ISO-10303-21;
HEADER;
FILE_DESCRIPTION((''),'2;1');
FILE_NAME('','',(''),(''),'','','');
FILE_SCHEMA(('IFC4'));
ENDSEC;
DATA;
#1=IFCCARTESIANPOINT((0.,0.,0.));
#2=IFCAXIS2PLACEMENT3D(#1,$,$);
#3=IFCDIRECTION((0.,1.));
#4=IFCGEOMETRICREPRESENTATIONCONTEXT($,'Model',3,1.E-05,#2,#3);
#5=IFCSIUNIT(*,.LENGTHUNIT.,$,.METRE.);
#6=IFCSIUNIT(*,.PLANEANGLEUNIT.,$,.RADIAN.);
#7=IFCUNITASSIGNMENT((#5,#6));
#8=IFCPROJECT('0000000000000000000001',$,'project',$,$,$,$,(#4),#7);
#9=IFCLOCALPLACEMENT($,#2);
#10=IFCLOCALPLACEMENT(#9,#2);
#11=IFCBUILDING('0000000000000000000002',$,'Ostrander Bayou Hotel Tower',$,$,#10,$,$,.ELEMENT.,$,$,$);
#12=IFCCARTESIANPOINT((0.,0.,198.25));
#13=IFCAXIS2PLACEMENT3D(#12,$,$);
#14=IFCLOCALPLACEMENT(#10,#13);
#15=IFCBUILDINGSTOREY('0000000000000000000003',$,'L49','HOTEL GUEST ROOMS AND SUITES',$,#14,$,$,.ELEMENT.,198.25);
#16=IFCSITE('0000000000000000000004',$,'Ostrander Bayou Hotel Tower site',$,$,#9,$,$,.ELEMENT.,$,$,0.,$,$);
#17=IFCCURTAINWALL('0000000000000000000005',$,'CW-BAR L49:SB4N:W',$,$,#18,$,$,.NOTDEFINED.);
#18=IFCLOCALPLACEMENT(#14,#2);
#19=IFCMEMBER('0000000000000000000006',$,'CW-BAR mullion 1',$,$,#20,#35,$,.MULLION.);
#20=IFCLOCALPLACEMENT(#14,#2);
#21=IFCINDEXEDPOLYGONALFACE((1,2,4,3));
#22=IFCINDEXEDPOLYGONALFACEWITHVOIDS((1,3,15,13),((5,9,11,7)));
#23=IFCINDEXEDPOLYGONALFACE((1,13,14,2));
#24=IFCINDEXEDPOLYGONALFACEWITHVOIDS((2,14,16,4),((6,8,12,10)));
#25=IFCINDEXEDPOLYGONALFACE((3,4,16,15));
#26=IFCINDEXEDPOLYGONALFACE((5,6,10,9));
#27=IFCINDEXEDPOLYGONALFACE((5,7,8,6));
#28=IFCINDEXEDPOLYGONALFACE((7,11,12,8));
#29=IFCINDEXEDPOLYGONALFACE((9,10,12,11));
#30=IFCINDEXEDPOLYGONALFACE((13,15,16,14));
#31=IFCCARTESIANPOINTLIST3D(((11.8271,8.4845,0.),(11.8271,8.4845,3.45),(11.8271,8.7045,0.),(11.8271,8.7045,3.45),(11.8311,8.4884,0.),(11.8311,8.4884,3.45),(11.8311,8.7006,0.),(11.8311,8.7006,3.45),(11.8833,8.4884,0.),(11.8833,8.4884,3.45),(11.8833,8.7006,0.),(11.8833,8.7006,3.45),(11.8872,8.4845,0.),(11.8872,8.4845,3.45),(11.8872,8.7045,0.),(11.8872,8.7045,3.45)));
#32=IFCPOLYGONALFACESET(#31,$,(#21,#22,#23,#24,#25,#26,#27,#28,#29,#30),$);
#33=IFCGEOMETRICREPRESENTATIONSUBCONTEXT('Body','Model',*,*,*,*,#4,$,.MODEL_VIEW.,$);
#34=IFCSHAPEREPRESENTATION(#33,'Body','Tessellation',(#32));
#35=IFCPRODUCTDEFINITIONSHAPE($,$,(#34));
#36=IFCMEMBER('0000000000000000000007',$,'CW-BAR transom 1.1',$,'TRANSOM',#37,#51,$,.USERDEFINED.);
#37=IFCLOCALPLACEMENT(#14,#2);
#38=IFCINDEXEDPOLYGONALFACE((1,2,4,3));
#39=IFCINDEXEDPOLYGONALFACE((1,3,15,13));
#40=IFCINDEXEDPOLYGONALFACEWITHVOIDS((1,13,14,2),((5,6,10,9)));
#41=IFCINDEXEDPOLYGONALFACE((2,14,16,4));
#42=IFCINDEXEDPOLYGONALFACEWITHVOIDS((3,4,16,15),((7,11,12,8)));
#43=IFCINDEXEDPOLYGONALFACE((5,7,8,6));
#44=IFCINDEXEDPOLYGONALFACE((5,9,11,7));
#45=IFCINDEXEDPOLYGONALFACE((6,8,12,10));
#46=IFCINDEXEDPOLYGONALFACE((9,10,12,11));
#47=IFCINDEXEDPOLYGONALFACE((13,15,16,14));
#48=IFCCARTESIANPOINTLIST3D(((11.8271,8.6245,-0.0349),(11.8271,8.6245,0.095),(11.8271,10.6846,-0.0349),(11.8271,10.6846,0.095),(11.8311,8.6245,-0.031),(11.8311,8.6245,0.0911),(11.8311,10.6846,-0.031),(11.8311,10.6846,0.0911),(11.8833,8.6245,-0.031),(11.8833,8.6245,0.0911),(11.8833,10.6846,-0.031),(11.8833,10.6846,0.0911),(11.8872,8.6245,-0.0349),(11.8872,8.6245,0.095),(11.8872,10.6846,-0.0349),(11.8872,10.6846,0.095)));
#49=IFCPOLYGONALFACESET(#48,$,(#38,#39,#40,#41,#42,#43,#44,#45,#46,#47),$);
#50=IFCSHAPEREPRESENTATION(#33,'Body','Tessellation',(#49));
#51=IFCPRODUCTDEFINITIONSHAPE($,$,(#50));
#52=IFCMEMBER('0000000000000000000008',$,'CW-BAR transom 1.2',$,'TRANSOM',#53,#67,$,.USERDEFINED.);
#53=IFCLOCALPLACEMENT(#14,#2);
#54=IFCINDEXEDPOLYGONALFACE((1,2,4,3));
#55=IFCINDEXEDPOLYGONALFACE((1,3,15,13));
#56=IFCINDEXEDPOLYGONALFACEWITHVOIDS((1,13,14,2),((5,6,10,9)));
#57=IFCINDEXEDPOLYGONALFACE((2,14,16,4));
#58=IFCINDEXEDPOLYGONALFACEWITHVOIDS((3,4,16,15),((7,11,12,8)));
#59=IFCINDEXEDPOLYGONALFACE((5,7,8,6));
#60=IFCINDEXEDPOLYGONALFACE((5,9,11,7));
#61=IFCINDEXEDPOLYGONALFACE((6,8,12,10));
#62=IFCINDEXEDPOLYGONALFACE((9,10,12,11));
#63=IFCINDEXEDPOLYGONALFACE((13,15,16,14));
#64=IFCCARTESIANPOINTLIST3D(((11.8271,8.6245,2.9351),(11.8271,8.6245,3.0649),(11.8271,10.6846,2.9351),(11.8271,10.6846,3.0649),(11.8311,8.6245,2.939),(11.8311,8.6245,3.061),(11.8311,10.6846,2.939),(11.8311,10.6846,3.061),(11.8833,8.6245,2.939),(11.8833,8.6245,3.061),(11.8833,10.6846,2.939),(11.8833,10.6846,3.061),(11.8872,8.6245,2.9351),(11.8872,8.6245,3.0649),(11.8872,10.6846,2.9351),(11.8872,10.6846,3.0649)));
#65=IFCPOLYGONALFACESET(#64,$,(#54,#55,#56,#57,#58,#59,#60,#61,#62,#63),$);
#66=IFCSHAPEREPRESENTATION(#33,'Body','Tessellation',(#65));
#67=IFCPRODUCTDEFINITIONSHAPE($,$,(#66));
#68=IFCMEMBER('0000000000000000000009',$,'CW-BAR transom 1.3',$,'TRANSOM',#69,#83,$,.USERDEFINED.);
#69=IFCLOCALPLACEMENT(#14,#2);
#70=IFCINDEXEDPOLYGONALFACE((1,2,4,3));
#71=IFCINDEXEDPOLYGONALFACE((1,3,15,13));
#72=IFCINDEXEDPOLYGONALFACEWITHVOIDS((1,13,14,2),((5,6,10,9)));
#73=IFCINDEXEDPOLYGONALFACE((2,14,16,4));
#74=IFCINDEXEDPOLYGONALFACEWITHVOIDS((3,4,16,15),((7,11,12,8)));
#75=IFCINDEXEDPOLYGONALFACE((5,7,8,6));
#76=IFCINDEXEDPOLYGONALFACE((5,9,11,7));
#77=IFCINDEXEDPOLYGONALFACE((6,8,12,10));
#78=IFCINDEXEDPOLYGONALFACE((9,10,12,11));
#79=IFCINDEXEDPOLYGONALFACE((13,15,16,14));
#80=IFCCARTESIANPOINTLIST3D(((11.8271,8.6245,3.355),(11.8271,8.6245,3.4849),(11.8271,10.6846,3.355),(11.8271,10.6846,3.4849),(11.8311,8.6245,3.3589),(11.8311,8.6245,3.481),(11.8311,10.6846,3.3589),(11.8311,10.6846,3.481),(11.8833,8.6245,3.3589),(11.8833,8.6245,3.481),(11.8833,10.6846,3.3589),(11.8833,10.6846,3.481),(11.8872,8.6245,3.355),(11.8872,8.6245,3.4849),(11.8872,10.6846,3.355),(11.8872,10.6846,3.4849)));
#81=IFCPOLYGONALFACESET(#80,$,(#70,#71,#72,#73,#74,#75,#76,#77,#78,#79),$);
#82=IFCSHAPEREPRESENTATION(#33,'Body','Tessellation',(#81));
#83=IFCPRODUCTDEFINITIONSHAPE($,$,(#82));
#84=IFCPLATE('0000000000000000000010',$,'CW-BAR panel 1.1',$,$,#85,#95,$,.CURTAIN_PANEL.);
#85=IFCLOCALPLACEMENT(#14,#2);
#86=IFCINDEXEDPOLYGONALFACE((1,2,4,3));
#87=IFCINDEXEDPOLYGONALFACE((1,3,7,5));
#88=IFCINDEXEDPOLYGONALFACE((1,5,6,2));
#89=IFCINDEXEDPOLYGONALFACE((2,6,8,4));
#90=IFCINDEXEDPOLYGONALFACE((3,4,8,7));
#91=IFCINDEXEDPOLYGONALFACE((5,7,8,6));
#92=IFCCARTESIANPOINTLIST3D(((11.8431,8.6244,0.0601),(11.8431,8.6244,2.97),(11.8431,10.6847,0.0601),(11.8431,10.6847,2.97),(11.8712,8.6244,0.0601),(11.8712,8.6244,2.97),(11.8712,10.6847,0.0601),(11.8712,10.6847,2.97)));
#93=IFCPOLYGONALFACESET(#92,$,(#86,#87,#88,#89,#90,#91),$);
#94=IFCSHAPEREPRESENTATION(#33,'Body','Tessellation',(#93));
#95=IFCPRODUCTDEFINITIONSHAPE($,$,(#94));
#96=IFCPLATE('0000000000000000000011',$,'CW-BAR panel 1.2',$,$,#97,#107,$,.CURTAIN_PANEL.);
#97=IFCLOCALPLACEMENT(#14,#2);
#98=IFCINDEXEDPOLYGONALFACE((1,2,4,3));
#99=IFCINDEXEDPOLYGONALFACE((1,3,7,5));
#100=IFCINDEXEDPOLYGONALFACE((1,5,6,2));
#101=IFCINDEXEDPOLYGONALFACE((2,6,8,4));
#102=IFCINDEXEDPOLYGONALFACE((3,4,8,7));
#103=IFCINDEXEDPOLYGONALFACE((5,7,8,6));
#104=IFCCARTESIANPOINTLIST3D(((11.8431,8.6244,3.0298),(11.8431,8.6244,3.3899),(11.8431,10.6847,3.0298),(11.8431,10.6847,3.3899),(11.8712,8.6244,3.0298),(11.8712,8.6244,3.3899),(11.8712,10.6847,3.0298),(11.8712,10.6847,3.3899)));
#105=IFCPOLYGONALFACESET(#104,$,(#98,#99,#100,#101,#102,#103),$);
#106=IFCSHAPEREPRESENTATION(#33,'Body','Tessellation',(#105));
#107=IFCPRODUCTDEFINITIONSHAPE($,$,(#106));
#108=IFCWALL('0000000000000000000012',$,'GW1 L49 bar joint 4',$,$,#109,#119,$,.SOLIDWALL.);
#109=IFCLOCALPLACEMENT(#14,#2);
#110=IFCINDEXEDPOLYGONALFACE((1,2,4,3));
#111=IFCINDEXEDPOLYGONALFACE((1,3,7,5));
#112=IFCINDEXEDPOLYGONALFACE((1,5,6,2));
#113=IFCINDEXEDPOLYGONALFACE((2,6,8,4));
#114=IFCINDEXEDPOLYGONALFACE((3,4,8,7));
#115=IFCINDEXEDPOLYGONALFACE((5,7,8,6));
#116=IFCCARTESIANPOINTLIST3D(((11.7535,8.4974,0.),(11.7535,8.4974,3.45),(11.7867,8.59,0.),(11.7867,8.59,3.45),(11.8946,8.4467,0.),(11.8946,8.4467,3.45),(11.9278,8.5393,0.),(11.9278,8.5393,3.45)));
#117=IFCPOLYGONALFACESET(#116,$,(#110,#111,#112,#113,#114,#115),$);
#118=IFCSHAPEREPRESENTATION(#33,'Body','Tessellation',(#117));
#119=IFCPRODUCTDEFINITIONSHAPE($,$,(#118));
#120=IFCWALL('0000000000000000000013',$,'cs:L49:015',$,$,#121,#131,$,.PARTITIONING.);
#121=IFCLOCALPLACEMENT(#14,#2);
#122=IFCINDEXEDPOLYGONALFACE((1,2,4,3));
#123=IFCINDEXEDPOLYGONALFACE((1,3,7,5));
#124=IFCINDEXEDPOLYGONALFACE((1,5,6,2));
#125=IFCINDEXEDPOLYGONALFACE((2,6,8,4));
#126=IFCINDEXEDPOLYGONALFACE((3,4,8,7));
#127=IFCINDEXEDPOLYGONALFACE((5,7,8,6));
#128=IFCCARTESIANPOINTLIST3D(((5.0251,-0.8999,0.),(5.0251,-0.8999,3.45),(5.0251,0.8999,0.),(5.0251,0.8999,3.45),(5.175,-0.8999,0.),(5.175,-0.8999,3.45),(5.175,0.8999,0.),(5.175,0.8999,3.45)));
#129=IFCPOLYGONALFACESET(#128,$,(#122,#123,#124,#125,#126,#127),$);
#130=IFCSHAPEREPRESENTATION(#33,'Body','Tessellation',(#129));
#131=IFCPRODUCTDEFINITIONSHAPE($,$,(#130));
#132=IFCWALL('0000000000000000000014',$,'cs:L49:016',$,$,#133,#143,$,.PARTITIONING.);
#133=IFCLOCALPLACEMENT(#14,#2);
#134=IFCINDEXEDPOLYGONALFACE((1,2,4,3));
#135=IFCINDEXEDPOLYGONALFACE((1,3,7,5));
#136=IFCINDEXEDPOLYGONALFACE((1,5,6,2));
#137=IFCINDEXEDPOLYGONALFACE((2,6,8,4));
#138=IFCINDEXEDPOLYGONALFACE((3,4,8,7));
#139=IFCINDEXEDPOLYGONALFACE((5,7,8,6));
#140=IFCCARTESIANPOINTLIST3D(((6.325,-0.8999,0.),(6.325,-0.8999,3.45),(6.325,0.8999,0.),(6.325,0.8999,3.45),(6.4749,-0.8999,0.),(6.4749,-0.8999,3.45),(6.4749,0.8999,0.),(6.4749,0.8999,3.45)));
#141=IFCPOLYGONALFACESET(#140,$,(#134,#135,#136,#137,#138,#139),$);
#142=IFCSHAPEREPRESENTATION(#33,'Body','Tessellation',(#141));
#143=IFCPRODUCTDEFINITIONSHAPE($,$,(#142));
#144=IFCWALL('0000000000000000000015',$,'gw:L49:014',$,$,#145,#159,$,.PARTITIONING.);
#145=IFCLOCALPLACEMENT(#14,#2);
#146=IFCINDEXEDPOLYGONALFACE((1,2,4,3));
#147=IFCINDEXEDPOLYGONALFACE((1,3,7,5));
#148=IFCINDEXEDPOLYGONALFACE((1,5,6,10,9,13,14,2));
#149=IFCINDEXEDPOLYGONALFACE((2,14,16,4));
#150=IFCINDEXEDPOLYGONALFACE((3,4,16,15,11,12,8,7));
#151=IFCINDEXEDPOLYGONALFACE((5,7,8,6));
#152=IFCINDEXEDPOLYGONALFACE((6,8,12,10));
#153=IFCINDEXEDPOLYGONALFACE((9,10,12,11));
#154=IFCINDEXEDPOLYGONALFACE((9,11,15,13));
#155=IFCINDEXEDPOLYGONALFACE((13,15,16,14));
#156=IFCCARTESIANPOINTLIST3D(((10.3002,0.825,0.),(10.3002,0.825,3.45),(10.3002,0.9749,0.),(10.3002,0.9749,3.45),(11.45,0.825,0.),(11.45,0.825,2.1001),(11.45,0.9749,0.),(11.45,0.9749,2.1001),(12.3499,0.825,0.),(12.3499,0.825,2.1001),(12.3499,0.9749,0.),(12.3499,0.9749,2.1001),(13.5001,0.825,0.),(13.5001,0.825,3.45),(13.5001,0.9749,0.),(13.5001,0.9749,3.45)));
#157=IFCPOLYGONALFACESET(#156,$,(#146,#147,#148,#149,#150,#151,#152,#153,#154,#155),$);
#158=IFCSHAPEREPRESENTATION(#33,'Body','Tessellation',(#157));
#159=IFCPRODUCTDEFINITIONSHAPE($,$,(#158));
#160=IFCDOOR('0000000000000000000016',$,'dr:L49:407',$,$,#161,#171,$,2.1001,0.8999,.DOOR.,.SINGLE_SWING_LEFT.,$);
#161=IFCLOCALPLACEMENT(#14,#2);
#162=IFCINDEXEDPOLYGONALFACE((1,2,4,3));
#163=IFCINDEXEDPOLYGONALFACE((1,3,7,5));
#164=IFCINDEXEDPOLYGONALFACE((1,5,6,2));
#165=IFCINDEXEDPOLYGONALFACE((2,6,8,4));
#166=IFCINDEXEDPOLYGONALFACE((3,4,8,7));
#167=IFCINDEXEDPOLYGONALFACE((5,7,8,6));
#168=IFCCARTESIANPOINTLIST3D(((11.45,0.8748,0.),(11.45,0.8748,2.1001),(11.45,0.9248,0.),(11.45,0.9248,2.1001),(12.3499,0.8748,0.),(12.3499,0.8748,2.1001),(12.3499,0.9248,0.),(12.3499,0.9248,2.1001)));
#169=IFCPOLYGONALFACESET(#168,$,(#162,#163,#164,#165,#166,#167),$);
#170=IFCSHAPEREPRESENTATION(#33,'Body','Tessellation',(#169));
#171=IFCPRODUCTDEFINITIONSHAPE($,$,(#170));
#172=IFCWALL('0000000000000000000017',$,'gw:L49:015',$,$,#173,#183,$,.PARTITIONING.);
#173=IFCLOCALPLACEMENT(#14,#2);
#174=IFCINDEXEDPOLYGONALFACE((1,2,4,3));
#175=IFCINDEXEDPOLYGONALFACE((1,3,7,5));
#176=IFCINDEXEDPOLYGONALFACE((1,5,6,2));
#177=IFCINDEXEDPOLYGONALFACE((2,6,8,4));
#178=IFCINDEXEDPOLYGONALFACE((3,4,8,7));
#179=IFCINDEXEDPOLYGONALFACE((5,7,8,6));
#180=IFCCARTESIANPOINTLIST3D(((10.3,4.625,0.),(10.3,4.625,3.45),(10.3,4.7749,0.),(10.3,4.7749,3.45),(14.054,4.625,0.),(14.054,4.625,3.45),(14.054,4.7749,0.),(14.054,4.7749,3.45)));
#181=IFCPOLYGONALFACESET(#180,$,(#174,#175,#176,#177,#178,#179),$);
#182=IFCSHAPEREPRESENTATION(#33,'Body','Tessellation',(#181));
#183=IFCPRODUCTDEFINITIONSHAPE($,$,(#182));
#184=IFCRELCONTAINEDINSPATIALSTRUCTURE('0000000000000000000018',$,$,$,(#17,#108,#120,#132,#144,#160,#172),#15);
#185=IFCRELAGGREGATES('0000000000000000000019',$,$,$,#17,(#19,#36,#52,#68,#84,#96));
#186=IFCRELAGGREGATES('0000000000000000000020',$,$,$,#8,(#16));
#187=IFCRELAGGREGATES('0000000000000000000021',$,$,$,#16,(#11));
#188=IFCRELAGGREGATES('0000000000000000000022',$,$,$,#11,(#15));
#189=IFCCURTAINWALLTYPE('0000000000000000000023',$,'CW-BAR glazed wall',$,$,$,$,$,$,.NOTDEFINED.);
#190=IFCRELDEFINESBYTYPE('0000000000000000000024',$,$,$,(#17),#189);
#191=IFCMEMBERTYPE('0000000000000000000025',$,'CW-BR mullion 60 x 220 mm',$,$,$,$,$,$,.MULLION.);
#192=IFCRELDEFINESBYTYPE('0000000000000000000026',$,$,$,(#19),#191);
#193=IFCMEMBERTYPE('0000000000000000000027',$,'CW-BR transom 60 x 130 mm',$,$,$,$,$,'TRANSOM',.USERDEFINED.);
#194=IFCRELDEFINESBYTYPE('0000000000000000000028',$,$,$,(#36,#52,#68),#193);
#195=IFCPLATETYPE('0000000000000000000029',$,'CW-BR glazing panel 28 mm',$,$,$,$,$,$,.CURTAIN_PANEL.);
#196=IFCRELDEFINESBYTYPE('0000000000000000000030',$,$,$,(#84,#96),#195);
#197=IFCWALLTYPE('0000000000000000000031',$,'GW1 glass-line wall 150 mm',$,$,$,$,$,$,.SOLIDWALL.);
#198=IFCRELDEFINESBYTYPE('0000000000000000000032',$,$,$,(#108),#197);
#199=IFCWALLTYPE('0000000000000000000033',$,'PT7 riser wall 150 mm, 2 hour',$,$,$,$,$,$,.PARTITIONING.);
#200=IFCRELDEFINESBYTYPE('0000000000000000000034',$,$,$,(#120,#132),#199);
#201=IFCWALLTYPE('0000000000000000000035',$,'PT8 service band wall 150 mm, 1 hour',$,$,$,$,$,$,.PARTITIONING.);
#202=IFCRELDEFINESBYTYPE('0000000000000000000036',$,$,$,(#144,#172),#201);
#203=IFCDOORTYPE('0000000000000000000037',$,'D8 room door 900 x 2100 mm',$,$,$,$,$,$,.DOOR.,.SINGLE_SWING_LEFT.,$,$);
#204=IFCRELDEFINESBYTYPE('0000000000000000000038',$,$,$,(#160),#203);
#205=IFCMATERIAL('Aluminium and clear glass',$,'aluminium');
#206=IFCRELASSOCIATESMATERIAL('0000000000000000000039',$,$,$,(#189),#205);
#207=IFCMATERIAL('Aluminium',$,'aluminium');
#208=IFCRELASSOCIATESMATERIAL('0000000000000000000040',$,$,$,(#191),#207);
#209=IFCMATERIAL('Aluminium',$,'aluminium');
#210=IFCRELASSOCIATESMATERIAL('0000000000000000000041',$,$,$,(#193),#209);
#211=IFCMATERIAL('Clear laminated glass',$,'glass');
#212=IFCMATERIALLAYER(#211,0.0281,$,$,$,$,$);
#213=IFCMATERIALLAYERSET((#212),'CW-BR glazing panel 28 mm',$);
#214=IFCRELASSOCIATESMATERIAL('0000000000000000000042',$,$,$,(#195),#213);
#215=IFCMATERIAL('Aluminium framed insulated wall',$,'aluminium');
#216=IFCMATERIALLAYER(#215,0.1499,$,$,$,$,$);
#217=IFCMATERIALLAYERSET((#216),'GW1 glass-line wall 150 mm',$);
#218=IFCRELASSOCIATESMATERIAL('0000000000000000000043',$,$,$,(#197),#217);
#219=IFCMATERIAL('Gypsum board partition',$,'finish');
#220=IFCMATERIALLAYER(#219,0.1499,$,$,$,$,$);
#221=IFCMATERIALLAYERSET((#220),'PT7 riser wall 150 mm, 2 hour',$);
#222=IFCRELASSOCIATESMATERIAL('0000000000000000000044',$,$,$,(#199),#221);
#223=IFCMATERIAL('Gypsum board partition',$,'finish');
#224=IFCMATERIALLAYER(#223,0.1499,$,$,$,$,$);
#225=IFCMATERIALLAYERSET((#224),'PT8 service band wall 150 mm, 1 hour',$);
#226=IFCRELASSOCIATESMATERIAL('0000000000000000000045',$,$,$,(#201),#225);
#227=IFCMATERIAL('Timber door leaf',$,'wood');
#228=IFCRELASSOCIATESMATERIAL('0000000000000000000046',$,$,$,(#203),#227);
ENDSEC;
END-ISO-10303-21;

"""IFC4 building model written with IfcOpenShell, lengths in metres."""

from ifc_helpers import new_model, si_unit, direction, frame, frame_2d, origin, origin_2d, place, context, subcontext, project, spatial, rectangle, hollow_rectangle, extrude, material, layer, layer_set, material_profile, profile_set, type_object, element, fill, aggregate, save


model = new_model("IFC4")

# Units and contexts
model_context = context("Model", 3, precision=1e-05, world=origin(), true_north=direction((0.0, 1.0)))
body_context = subcontext(model_context, "Body", "Model", "MODEL_VIEW")
ifc_project = project(units=[si_unit("LENGTHUNIT", "METRE"), si_unit("PLANEANGLEUNIT", "RADIAN")], contexts=[model_context])

# Site, building, storey
site_placement = place(None, origin())
site = spatial("IfcSite", under=ifc_project, at=site_placement, Name="Ostrander Bayou Hotel Tower site", CompositionType="ELEMENT", RefElevation=0.0)
building_placement = place(site_placement, origin())
building = spatial("IfcBuilding", under=site, at=building_placement, Name="Ostrander Bayou Hotel Tower", CompositionType="ELEMENT")
storey_placement = place(building_placement, frame((0.0, 0.0, 198.25)))
storey = spatial("IfcBuildingStorey", under=building, at=storey_placement, Name="L49", Description="HOTEL GUEST ROOMS AND SUITES", CompositionType="ELEMENT", Elevation=198.25)

# Curtain wall, members, plates
ifc_material_1 = material(Name="Aluminium and clear glass", Category="aluminium")
curtain_wall_type = type_object("IfcCurtainWallType", Name="CW-BAR glazed wall", PredefinedType="NOTDEFINED", material=ifc_material_1)
curtain_wall_placement = place(storey_placement, origin())
curtain_wall = element("IfcCurtainWall", 1, at=curtain_wall_placement, inside=storey, type_object=curtain_wall_type, Name="CW-BAR L49:SB4N:W", PredefinedType="NOTDEFINED")
ifc_material_2 = material(Name="Aluminium", Category="aluminium")
ifc_material_profile_1 = material_profile(ifc_material_2, hollow_rectangle(XDim=0.0601, YDim=0.22, WallThickness=0.0039, at=origin_2d()))
ifc_profile_set_1 = profile_set([ifc_material_profile_1], Name="Aluminium")
member_type_1 = type_object("IfcMemberType", Name="CW-BR mullion 60 x 220 mm", PredefinedType="MULLION", material=ifc_profile_set_1)
member_1_placement = place(storey_placement, frame((11.8572, 8.5945, 0.0), z_axis=(0.0, 0.0, 1.0), x_axis=(-1.0, 0.0, 0.0)))
member_1 = element("IfcMember", 2, at=member_1_placement, type_object=member_type_1, Name="CW-BAR mullion 1", PredefinedType="MULLION", context=body_context, shape_type="SweptSolid", body=[
    extrude(hollow_rectangle(XDim=0.0601, YDim=0.22, WallThickness=0.0039, at=origin_2d()), origin(), (0.0, 0.0, 1.0), 3.45),
])
ifc_material_3 = material(Name="Aluminium", Category="aluminium")
ifc_material_profile_2 = material_profile(ifc_material_3, hollow_rectangle(XDim=0.0601, YDim=0.1299, WallThickness=0.0039, at=origin_2d()))
ifc_profile_set_2 = profile_set([ifc_material_profile_2], Name="Aluminium")
member_type_2 = type_object("IfcMemberType", Name="CW-BR transom 60 x 130 mm", ElementType="TRANSOM", PredefinedType="USERDEFINED", material=ifc_profile_set_2)
member_2_placement = place(storey_placement, frame((11.8572, 8.6245, 0.03), z_axis=(0.0, 1.0, 0.0), x_axis=(-1.0, 0.0, 0.0)))
member_2 = element("IfcMember", 3, at=member_2_placement, type_object=member_type_2, Name="CW-BAR transom 1.1", ObjectType="TRANSOM", PredefinedType="USERDEFINED", context=body_context, shape_type="SweptSolid", body=[
    extrude(hollow_rectangle(XDim=0.0601, YDim=0.1299, WallThickness=0.0039, at=origin_2d()), origin(), (0.0, 0.0, 1.0), 2.0601),
])
member_3_placement = place(storey_placement, frame((11.8572, 8.6245, 3.0), z_axis=(0.0, 1.0, 0.0), x_axis=(-1.0, 0.0, 0.0)))
member_3 = element("IfcMember", 4, at=member_3_placement, type_object=member_type_2, Name="CW-BAR transom 1.2", ObjectType="TRANSOM", PredefinedType="USERDEFINED", context=body_context, shape_type="SweptSolid", body=[
    extrude(hollow_rectangle(XDim=0.0601, YDim=0.1299, WallThickness=0.0039, at=origin_2d()), origin(), (0.0, 0.0, 1.0), 2.0601),
])
member_4_placement = place(storey_placement, frame((11.8572, 8.6245, 3.4199), z_axis=(0.0, 1.0, 0.0), x_axis=(-1.0, 0.0, 0.0)))
member_4 = element("IfcMember", 5, at=member_4_placement, type_object=member_type_2, Name="CW-BAR transom 1.3", ObjectType="TRANSOM", PredefinedType="USERDEFINED", context=body_context, shape_type="SweptSolid", body=[
    extrude(hollow_rectangle(XDim=0.0601, YDim=0.1299, WallThickness=0.0039, at=origin_2d()), origin(), (0.0, 0.0, 1.0), 2.0601),
])
ifc_material_4 = material(Name="Clear laminated glass", Category="glass")
ifc_layer_1 = layer(ifc_material_4, 0.0281)
ifc_layer_set_1 = layer_set([ifc_layer_1], Name="CW-BR glazing panel 28 mm")
plate_type = type_object("IfcPlateType", Name="CW-BR glazing panel 28 mm", PredefinedType="CURTAIN_PANEL", material=ifc_layer_set_1)
plate_1_placement = place(storey_placement, frame((11.8572, 9.6545, 0.0601), z_axis=(0.0, 0.0, 1.0), x_axis=(0.0, 1.0, 0.0)))
plate_1 = element("IfcPlate", 6, at=plate_1_placement, type_object=plate_type, Name="CW-BAR panel 1.1", PredefinedType="CURTAIN_PANEL", context=body_context, shape_type="SweptSolid", body=[
    extrude(rectangle(XDim=2.0603, YDim=0.0281, at=origin_2d()), origin(), (0.0, 0.0, 1.0), 2.9099),
])
plate_2_placement = place(storey_placement, frame((11.8572, 9.6545, 3.0298), z_axis=(0.0, 0.0, 1.0), x_axis=(0.0, 1.0, 0.0)))
plate_2 = element("IfcPlate", 7, at=plate_2_placement, type_object=plate_type, Name="CW-BAR panel 1.2", PredefinedType="CURTAIN_PANEL", context=body_context, shape_type="SweptSolid", body=[
    extrude(rectangle(XDim=2.0603, YDim=0.0281, at=origin_2d()), origin(), (0.0, 0.0, 1.0), 0.3601),
])
aggregate(curtain_wall, [member_1, member_2, member_3, member_4, plate_1, plate_2])

# Wall
ifc_material_5 = material(Name="Aluminium framed insulated wall", Category="aluminium")
ifc_layer_2 = layer(ifc_material_5, 0.1499)
ifc_layer_set_2 = layer_set([ifc_layer_2], Name="GW1 glass-line wall 150 mm")
wall_type_1 = type_object("IfcWallType", Name="GW1 glass-line wall 150 mm", PredefinedType="SOLIDWALL", material=ifc_layer_set_2)
wall_1_placement = place(storey_placement, frame((11.824, 8.4719, 0.0), z_axis=(0.0, 0.0, 1.0), x_axis=(0.337752, 0.941235, 0.0)))
element("IfcWall", 8, at=wall_1_placement, inside=storey, type_object=wall_type_1, Name="GW1 L49 bar joint 4", PredefinedType="SOLIDWALL", context=body_context, shape_type="SweptSolid", body=[
    extrude(rectangle(XDim=0.0984, YDim=0.1499, at=frame_2d((0.0493, 0.0))), origin(), (0.0, 0.0, 1.0), 3.45),
])

# Walls
ifc_material_6 = material(Name="Gypsum board partition", Category="finish")
ifc_layer_3 = layer(ifc_material_6, 0.1499)
ifc_layer_set_3 = layer_set([ifc_layer_3], Name="PT7 riser wall 150 mm, 2 hour")
wall_type_2 = type_object("IfcWallType", Name="PT7 riser wall 150 mm, 2 hour", PredefinedType="PARTITIONING", material=ifc_layer_set_3)
for number, where, z_axis, x_axis, name in (
    (9, (5.1001, -0.8999, 0.0), (0.0, 0.0, 1.0), (0.0, 1.0, 0.0), "cs:L49:015"),
    (10, (6.3999, -0.8999, 0.0), (0.0, 0.0, 1.0), (0.0, 1.0, 0.0), "cs:L49:016"),
):
    element("IfcWall", number, at=place(storey_placement, frame(where, z_axis=z_axis, x_axis=x_axis)), inside=storey, type_object=wall_type_2, Name=name, PredefinedType="PARTITIONING", context=body_context, shape_type="SweptSolid", body=[
        extrude(rectangle(XDim=1.7998, YDim=0.1499, at=frame_2d((0.8999, 0.0))), origin(), (0.0, 0.0, 1.0), 3.45),
    ])

# Wall, opening, door
ifc_material_7 = material(Name="Gypsum board partition", Category="finish")
ifc_layer_4 = layer(ifc_material_7, 0.1499)
ifc_layer_set_4 = layer_set([ifc_layer_4], Name="PT8 service band wall 150 mm, 1 hour")
wall_type_3 = type_object("IfcWallType", Name="PT8 service band wall 150 mm, 1 hour", PredefinedType="PARTITIONING", material=ifc_layer_set_4)
wall_2_placement = place(storey_placement, frame((10.3, 0.8999, 0.0), z_axis=(0.0, 0.0, 1.0), x_axis=(1.0, 0.0, 0.0)))
wall_2 = element("IfcWall", 11, at=wall_2_placement, inside=storey, type_object=wall_type_3, Name="gw:L49:014", PredefinedType="PARTITIONING", context=body_context, shape_type="SweptSolid", body=[
    extrude(rectangle(XDim=3.2, YDim=0.1499, at=frame_2d((1.6001, 0.0))), origin(), (0.0, 0.0, 1.0), 3.45),
])
opening_1_placement = place(wall_2_placement, frame((1.1499, 0.0, 0.0)))
opening_1 = element("IfcOpeningElement", 12, at=opening_1_placement, cuts=wall_2, PredefinedType="OPENING", context=body_context, shape_type="SweptSolid", body=[
    extrude(rectangle(XDim=0.8999, YDim=2.1001, at=frame_2d((0.45, 1.05))), frame((0.0, 0.075, 0.0), z_axis=(0.0, -1.0, 0.0), x_axis=(1.0, 0.0, 0.0)), (0.0, 0.0, 1.0), 0.1499),
])
ifc_material_8 = material(Name="Timber door leaf", Category="wood")
door_type_1 = type_object("IfcDoorType", Name="D8 room door 900 x 2100 mm", OperationType="SINGLE_SWING_LEFT", PredefinedType="DOOR", material=ifc_material_8)
door_1_placement = place(opening_1_placement, origin())
door_1 = element("IfcDoor", 13, at=door_1_placement, inside=storey, type_object=door_type_1, Name="dr:L49:407", OperationType="SINGLE_SWING_LEFT", OverallHeight=2.1001, OverallWidth=0.8999, PredefinedType="DOOR", context=body_context, shape_type="SweptSolid", body=[
    extrude(rectangle(XDim=0.8999, YDim=2.1001, at=frame_2d((0.45, 1.05))), frame((0.0, 0.0249, 0.0), z_axis=(0.0, -1.0, 0.0), x_axis=(1.0, 0.0, 0.0)), (0.0, 0.0, 1.0), 0.05),
])
fill(opening_1, door_1)

# Wall
wall_3_placement = place(storey_placement, frame((10.3, 4.7, 0.0), z_axis=(0.0, 0.0, 1.0), x_axis=(1.0, 0.0, 0.0)))
element("IfcWall", 14, at=wall_3_placement, inside=storey, type_object=wall_type_3, Name="gw:L49:015", PredefinedType="PARTITIONING", context=body_context, shape_type="SweptSolid", body=[
    extrude(rectangle(XDim=3.7539, YDim=0.1499, at=frame_2d((1.877, 0.0))), origin(), (0.0, 0.0, 1.0), 3.45),
])

save(model, "model.ifc")
